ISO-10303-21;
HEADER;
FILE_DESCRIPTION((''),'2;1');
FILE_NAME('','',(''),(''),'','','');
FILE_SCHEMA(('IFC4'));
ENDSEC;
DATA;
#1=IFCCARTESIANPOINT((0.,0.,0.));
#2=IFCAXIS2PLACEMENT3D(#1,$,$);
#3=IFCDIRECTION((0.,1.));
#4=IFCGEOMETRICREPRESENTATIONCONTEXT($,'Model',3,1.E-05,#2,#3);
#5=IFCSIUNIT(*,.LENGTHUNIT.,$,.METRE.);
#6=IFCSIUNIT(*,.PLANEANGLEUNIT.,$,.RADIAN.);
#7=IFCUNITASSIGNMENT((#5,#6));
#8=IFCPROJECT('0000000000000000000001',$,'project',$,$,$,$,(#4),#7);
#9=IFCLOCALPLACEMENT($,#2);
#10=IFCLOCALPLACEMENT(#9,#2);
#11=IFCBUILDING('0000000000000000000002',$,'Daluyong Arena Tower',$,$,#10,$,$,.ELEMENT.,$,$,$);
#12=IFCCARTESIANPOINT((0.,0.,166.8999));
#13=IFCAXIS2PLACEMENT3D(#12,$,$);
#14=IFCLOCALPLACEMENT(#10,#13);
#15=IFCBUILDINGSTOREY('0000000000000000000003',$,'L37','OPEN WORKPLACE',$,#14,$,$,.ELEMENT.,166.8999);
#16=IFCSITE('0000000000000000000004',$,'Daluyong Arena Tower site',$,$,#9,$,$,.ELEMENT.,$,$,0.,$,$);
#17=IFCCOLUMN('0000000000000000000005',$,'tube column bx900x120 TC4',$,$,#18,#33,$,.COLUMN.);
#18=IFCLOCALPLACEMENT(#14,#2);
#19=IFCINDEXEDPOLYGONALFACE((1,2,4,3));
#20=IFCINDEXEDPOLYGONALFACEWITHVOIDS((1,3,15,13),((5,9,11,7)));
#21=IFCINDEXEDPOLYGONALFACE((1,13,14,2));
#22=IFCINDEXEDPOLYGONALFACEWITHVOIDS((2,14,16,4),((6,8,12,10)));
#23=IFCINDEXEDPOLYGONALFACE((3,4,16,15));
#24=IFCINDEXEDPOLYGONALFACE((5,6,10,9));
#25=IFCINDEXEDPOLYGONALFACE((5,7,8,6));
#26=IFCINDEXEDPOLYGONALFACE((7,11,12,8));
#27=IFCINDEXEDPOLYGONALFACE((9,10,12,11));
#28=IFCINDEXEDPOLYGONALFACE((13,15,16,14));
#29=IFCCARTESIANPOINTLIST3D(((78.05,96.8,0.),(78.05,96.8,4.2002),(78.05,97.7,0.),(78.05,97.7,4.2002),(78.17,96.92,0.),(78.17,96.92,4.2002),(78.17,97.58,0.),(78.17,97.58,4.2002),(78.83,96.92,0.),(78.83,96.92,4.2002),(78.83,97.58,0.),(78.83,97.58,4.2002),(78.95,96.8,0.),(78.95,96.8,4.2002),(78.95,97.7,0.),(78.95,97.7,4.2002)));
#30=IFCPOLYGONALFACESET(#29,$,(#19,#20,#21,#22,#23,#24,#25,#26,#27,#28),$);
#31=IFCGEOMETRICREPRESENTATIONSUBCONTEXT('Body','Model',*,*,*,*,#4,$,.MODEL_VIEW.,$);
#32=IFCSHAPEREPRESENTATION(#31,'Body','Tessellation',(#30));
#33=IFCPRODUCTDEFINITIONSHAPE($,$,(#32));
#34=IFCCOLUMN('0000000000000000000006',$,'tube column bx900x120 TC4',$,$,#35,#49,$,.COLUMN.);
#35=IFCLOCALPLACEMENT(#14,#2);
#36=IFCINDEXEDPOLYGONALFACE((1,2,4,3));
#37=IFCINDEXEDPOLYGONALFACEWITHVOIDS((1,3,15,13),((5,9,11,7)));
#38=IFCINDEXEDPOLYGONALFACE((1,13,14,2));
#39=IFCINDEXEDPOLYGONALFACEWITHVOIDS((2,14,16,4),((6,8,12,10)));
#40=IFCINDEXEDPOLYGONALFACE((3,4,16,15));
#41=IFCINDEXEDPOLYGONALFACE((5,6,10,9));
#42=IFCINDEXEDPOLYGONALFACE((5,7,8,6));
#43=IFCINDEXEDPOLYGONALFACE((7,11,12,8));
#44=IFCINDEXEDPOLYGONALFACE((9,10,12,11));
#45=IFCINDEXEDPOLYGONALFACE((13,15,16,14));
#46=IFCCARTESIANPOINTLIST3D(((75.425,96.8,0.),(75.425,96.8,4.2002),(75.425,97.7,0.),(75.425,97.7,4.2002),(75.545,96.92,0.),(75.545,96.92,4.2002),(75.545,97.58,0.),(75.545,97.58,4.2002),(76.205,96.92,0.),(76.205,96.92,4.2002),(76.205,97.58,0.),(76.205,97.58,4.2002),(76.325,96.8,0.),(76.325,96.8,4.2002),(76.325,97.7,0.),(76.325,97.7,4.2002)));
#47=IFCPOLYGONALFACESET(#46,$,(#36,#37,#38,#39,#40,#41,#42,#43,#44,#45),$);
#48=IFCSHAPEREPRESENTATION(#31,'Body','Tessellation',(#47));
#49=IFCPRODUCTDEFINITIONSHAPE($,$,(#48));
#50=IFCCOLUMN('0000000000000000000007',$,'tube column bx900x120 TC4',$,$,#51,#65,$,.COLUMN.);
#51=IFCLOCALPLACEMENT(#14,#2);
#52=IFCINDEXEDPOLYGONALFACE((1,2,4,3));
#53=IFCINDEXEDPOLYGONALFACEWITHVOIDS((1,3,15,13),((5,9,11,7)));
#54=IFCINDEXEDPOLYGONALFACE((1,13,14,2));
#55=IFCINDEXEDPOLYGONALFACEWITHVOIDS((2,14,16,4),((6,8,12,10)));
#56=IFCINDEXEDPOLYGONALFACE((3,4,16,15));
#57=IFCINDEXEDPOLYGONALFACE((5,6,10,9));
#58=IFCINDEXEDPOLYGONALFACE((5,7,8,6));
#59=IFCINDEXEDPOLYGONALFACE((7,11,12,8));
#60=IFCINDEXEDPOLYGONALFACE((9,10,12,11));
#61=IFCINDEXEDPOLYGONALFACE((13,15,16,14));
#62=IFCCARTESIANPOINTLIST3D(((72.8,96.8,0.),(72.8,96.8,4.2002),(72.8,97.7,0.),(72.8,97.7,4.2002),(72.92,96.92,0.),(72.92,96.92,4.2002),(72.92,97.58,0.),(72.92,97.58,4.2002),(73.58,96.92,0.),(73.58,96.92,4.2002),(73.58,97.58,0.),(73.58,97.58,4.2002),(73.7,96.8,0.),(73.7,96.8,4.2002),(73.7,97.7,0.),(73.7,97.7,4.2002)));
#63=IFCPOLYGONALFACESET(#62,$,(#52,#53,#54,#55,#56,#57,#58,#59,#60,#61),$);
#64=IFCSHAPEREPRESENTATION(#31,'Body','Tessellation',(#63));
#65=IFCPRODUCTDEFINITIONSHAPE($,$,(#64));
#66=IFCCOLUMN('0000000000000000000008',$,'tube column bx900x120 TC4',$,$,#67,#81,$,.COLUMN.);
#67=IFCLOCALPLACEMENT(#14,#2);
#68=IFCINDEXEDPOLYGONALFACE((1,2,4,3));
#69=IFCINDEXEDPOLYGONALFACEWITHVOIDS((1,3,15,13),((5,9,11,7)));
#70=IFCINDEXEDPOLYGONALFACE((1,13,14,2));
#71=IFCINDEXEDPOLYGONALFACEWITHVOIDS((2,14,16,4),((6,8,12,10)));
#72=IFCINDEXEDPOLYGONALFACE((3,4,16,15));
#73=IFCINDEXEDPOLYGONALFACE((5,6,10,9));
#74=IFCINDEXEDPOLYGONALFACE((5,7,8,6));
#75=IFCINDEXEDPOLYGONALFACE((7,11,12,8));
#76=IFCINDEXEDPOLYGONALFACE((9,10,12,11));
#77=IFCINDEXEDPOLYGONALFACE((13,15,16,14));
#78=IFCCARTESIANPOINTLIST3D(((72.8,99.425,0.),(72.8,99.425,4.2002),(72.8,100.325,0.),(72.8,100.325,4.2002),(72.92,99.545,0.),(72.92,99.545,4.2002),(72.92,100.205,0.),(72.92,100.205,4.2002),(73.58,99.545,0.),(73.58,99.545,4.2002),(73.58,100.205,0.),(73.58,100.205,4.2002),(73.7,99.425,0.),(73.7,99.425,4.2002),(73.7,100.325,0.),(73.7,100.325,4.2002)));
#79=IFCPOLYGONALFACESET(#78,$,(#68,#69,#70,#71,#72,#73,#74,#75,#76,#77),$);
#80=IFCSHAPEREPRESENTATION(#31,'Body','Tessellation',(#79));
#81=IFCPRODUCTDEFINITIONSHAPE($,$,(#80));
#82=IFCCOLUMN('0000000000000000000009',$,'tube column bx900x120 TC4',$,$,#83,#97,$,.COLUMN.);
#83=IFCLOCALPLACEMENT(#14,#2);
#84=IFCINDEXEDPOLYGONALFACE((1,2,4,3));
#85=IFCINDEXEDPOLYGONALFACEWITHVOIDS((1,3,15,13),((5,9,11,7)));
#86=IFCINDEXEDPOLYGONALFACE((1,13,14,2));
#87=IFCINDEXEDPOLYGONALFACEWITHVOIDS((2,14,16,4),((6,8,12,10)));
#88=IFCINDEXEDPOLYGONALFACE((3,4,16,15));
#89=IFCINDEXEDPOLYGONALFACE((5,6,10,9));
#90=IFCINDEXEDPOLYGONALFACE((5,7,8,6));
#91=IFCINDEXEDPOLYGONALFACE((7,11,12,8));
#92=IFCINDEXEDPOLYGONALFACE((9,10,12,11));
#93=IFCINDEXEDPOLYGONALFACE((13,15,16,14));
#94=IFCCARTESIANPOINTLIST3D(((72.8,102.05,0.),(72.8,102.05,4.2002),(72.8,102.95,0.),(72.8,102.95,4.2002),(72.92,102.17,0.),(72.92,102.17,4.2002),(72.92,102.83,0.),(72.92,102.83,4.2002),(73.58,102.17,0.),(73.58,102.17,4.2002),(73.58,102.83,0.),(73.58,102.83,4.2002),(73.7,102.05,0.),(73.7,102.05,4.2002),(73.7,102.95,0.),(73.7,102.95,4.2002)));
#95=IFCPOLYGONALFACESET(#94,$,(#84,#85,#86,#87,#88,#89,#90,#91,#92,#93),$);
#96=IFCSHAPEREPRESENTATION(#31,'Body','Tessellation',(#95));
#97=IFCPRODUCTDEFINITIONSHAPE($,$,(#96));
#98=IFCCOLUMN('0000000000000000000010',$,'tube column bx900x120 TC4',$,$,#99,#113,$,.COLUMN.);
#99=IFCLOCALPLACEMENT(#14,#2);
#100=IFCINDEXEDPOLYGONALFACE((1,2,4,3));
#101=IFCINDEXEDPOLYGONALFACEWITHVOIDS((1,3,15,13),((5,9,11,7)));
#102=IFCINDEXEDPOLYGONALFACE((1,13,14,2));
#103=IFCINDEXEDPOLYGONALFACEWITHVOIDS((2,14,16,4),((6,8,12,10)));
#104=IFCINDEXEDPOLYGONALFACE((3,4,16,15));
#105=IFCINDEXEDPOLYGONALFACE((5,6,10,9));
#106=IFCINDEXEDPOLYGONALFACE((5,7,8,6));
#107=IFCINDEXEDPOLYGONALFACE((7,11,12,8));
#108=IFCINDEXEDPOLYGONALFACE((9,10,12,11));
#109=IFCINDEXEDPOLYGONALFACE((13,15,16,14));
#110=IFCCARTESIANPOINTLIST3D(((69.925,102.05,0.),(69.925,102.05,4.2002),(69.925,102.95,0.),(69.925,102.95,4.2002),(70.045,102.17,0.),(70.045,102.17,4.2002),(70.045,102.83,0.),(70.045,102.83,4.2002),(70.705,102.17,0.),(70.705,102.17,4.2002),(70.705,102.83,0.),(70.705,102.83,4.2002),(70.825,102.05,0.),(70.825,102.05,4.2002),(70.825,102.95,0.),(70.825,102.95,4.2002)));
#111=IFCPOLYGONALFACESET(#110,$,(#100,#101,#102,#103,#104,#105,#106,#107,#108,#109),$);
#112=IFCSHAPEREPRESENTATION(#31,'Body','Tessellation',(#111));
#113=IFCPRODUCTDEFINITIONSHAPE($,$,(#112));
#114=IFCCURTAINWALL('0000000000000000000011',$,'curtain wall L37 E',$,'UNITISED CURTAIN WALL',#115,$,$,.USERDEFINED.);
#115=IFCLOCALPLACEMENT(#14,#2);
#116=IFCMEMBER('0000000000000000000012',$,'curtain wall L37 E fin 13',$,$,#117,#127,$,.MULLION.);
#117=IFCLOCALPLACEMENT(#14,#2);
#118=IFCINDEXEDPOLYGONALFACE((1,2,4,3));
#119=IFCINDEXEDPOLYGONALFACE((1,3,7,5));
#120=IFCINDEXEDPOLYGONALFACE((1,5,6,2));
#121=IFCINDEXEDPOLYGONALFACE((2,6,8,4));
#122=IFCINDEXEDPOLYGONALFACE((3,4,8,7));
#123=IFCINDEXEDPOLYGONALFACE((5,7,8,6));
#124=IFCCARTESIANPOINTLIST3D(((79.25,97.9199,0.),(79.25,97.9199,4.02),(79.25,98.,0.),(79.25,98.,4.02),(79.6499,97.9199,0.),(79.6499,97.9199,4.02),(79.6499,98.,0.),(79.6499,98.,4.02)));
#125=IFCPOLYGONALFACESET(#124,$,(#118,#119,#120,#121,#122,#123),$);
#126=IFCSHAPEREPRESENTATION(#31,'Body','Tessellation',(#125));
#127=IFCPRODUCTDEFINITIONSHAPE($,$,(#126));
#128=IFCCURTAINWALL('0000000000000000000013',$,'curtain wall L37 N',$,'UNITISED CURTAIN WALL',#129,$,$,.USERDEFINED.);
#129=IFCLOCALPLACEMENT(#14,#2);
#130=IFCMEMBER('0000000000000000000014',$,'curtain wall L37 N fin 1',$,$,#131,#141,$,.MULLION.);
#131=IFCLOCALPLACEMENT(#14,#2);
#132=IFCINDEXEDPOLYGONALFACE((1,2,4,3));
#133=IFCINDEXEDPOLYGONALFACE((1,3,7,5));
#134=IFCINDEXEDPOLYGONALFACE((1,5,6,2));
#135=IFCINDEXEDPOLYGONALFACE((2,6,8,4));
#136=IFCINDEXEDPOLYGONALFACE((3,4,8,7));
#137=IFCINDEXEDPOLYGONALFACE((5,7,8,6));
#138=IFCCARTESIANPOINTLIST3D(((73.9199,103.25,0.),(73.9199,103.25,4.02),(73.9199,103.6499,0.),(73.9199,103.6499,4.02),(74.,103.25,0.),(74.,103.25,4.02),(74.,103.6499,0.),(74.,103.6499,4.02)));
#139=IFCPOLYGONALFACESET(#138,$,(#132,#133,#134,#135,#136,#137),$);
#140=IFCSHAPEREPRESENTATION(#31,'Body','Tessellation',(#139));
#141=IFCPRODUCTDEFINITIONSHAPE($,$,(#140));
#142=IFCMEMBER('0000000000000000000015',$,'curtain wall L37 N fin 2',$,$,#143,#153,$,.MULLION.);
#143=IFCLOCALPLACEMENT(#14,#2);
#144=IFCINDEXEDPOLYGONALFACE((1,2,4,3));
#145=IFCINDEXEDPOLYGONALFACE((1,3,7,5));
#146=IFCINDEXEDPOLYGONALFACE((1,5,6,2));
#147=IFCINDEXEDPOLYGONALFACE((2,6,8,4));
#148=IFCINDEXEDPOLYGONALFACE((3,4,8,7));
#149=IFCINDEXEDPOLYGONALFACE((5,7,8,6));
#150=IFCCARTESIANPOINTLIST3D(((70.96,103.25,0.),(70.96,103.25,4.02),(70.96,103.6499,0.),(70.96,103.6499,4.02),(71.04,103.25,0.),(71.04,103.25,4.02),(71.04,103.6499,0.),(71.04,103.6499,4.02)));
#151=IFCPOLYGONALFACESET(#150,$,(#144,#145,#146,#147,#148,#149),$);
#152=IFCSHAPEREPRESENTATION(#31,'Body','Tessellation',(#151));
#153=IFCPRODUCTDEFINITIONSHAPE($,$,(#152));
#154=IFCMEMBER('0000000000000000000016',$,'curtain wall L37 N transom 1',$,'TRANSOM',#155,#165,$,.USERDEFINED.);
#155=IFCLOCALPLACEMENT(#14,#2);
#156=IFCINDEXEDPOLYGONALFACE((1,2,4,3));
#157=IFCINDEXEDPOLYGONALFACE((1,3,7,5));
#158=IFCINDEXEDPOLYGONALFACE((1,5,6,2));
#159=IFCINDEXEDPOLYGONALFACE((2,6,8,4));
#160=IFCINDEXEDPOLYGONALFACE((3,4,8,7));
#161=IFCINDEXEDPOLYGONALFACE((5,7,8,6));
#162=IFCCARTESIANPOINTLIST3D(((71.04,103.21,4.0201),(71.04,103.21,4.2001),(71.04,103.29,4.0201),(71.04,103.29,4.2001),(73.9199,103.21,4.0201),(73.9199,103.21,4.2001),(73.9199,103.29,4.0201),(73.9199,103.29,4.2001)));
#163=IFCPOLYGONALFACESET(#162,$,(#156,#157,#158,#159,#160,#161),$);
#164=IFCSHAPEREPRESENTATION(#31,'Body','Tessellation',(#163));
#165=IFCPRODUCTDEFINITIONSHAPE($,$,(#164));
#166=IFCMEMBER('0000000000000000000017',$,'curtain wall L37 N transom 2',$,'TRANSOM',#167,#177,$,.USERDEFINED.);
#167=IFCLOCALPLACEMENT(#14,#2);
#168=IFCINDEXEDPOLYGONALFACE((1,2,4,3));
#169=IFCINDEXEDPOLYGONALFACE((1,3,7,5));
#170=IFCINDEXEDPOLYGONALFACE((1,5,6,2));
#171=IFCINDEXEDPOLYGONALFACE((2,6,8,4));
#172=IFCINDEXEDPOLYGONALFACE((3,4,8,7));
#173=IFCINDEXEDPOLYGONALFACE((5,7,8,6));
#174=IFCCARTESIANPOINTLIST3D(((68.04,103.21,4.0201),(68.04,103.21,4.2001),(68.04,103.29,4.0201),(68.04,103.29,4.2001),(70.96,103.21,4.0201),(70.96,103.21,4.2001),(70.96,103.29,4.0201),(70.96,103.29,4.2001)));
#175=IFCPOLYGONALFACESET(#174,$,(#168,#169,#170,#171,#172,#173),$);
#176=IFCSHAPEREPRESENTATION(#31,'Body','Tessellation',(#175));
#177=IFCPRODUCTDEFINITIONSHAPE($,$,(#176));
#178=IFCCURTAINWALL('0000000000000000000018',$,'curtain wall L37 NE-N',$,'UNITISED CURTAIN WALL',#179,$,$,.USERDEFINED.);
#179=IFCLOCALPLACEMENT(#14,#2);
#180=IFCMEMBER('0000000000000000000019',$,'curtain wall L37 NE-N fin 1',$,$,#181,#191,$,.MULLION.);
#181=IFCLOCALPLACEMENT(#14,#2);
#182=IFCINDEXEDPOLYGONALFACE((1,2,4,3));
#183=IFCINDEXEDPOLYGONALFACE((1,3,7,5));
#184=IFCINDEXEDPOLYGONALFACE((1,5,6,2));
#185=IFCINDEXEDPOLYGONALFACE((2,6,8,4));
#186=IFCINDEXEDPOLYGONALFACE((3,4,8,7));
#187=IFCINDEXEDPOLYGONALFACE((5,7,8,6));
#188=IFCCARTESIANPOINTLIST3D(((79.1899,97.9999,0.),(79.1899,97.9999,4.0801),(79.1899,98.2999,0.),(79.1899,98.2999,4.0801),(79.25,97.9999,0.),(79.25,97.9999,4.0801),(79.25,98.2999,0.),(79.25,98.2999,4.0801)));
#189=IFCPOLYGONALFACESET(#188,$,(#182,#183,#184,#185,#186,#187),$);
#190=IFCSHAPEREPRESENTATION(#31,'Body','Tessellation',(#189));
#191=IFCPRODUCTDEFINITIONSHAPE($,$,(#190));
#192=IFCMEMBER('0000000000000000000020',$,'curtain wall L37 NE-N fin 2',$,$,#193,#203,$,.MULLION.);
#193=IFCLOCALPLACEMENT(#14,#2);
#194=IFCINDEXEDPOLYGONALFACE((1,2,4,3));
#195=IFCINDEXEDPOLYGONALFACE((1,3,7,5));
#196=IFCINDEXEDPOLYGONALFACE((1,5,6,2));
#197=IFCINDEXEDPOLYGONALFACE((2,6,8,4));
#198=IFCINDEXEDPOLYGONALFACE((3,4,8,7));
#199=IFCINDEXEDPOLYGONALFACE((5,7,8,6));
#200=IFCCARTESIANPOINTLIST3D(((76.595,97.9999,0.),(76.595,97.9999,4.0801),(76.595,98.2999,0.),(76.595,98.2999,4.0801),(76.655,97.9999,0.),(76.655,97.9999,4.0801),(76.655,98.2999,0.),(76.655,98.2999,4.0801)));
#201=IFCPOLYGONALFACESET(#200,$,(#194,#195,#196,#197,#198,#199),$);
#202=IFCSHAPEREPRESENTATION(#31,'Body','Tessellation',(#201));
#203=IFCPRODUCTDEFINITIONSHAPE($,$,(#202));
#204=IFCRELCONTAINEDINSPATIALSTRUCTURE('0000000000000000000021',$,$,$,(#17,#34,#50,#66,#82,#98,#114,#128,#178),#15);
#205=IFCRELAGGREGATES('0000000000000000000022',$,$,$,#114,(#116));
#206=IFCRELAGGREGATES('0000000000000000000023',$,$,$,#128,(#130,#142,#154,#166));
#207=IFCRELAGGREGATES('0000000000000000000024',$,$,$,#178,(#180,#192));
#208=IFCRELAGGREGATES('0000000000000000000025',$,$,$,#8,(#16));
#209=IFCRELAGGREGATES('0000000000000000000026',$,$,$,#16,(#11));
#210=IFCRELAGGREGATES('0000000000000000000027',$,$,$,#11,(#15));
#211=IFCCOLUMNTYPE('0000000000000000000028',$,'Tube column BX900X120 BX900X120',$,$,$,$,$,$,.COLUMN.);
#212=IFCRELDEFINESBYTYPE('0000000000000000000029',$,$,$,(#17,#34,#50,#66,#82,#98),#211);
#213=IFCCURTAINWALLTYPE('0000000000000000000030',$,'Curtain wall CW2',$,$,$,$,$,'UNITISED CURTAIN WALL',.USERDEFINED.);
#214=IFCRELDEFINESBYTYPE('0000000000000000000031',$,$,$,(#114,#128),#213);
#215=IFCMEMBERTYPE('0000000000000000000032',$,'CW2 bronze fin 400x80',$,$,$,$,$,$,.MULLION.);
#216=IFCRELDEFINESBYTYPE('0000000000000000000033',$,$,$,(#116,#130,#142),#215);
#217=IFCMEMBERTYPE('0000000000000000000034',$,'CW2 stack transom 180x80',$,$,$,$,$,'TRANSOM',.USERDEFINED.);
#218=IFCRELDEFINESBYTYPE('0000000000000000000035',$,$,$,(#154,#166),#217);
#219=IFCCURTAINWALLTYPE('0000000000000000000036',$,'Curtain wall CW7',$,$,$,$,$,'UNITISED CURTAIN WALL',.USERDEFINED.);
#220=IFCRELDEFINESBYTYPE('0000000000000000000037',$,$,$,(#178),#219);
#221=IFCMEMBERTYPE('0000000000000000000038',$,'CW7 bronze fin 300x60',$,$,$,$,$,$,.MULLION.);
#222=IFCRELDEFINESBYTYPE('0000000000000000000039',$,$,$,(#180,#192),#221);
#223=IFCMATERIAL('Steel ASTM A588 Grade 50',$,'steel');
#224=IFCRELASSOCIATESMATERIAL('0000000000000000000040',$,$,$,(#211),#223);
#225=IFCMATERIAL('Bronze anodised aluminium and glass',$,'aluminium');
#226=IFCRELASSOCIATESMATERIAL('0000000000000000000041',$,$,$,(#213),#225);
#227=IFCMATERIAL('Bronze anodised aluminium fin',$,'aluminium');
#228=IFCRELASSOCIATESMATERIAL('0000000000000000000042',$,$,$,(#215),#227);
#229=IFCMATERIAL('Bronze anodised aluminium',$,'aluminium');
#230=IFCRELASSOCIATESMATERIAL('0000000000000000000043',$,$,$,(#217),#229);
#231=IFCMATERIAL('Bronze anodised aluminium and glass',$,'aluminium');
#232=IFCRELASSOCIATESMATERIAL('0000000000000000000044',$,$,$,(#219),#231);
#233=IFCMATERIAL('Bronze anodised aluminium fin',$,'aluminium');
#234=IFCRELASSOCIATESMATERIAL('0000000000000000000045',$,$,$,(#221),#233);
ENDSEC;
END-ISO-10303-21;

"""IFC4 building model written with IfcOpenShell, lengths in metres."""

from ifc_helpers import new_model, si_unit, direction, frame, origin, origin_2d, place, context, subcontext, project, spatial, rectangle, hollow_rectangle, extrude, material, material_profile, profile_set, type_object, element, aggregate, save


model = new_model("IFC4")

# Units and contexts
model_context = context("Model", 3, precision=1e-05, world=origin(), true_north=direction((0.0, 1.0)))
body_context = subcontext(model_context, "Body", "Model", "MODEL_VIEW")
ifc_project = project(units=[si_unit("LENGTHUNIT", "METRE"), si_unit("PLANEANGLEUNIT", "RADIAN")], contexts=[model_context])

# Site, building, storey
site_placement = place(None, origin())
site = spatial("IfcSite", under=ifc_project, at=site_placement, Name="Daluyong Arena Tower site", CompositionType="ELEMENT", RefElevation=0.0)
building_placement = place(site_placement, origin())
building = spatial("IfcBuilding", under=site, at=building_placement, Name="Daluyong Arena Tower", CompositionType="ELEMENT")
storey_placement = place(building_placement, frame((0.0, 0.0, 166.8999)))
storey = spatial("IfcBuildingStorey", under=building, at=storey_placement, Name="L37", Description="OPEN WORKPLACE", CompositionType="ELEMENT", Elevation=166.8999)

# Columns
ifc_material_1 = material(Name="Steel ASTM A588 Grade 50", Category="steel")
ifc_material_profile_1 = material_profile(ifc_material_1, hollow_rectangle(XDim=0.8999, YDim=0.8999, WallThickness=0.12, at=origin_2d()))
ifc_profile_set_1 = profile_set([ifc_material_profile_1], Name="Steel ASTM A588 Grade 50")
column_type = type_object("IfcColumnType", Name="Tube column BX900X120 BX900X120", PredefinedType="COLUMN", material=ifc_profile_set_1)
for number, where, z_axis, x_axis, name in (
    (1, (78.5, 97.25, 0.0), (0.0, 0.0, 1.0), (1.0, 0.0, 0.0), "tube column bx900x120 TC4"),
    (2, (75.875, 97.25, 0.0), (0.0, 0.0, 1.0), (1.0, 0.0, 0.0), "tube column bx900x120 TC4"),
    (3, (73.25, 97.25, 0.0), (0.0, 0.0, 1.0), (0.0, 1.0, 0.0), "tube column bx900x120 TC4"),
    (4, (73.25, 99.875, 0.0), (0.0, 0.0, 1.0), (0.0, 1.0, 0.0), "tube column bx900x120 TC4"),
    (5, (73.25, 102.5, 0.0), (0.0, 0.0, 1.0), (1.0, 0.0, 0.0), "tube column bx900x120 TC4"),
    (6, (70.375, 102.5, 0.0), (0.0, 0.0, 1.0), (1.0, 0.0, 0.0), "tube column bx900x120 TC4"),
):
    element("IfcColumn", number, at=place(storey_placement, frame(where, z_axis=z_axis, x_axis=x_axis)), inside=storey, type_object=column_type, Name=name, PredefinedType="COLUMN", context=body_context, shape_type="SweptSolid", body=[
        extrude(hollow_rectangle(XDim=0.8999, YDim=0.8999, WallThickness=0.12, at=origin_2d()), origin(), (0.0, 0.0, 1.0), 4.2002),
    ])

# Curtain wall, member
ifc_material_2 = material(Name="Bronze anodised aluminium and glass", Category="aluminium")
curtain_wall_type_1 = type_object("IfcCurtainWallType", Name="Curtain wall CW2", ElementType="UNITISED CURTAIN WALL", PredefinedType="USERDEFINED", material=ifc_material_2)
curtain_wall_1_placement = place(storey_placement, origin())
curtain_wall_1 = element("IfcCurtainWall", 7, at=curtain_wall_1_placement, inside=storey, type_object=curtain_wall_type_1, Name="curtain wall L37 E", ObjectType="UNITISED CURTAIN WALL", PredefinedType="USERDEFINED")
ifc_material_3 = material(Name="Bronze anodised aluminium fin", Category="aluminium")
ifc_material_profile_2 = material_profile(ifc_material_3, rectangle(XDim=0.3999, YDim=0.0801, at=origin_2d()))
ifc_profile_set_2 = profile_set([ifc_material_profile_2], Name="Bronze anodised aluminium fin")
member_type_1 = type_object("IfcMemberType", Name="CW2 bronze fin 400x80", PredefinedType="MULLION", material=ifc_profile_set_2)
member_1_placement = place(storey_placement, frame((79.45, 97.96, 0.0), z_axis=(0.0, 0.0, 1.0), x_axis=(-1.0, 0.0, 0.0)))
member_1 = element("IfcMember", 8, at=member_1_placement, type_object=member_type_1, Name="curtain wall L37 E fin 13", PredefinedType="MULLION", context=body_context, shape_type="SweptSolid", body=[
    extrude(rectangle(XDim=0.3999, YDim=0.0801, at=origin_2d()), origin(), (0.0, 0.0, 1.0), 4.02),
])

# Curtain walls, members
curtain_wall_2_placement = place(storey_placement, origin())
curtain_wall_2 = element("IfcCurtainWall", 9, at=curtain_wall_2_placement, inside=storey, type_object=curtain_wall_type_1, Name="curtain wall L37 N", ObjectType="UNITISED CURTAIN WALL", PredefinedType="USERDEFINED")
member_2_placement = place(storey_placement, frame((73.96, 103.45, 0.0), z_axis=(0.0, 0.0, 1.0), x_axis=(0.0, -1.0, 0.0)))
member_2 = element("IfcMember", 10, at=member_2_placement, type_object=member_type_1, Name="curtain wall L37 N fin 1", PredefinedType="MULLION", context=body_context, shape_type="SweptSolid", body=[
    extrude(rectangle(XDim=0.3999, YDim=0.0801, at=origin_2d()), origin(), (0.0, 0.0, 1.0), 4.02),
])
member_3_placement = place(storey_placement, frame((71.0, 103.45, 0.0), z_axis=(0.0, 0.0, 1.0), x_axis=(0.0, -1.0, 0.0)))
member_3 = element("IfcMember", 11, at=member_3_placement, type_object=member_type_1, Name="curtain wall L37 N fin 2", PredefinedType="MULLION", context=body_context, shape_type="SweptSolid", body=[
    extrude(rectangle(XDim=0.3999, YDim=0.0801, at=origin_2d()), origin(), (0.0, 0.0, 1.0), 4.02),
])
ifc_material_4 = material(Name="Bronze anodised aluminium", Category="aluminium")
ifc_material_profile_3 = material_profile(ifc_material_4, rectangle(XDim=0.0801, YDim=0.1799, at=origin_2d()))
ifc_profile_set_3 = profile_set([ifc_material_profile_3], Name="Bronze anodised aluminium")
member_type_2 = type_object("IfcMemberType", Name="CW2 stack transom 180x80", ElementType="TRANSOM", PredefinedType="USERDEFINED", material=ifc_profile_set_3)
member_4_placement = place(storey_placement, frame((73.9199, 103.25, 4.1101), z_axis=(-1.0, 0.0, 0.0), x_axis=(0.0, -1.0, 0.0)))
member_4 = element("IfcMember", 12, at=member_4_placement, type_object=member_type_2, Name="curtain wall L37 N transom 1", ObjectType="TRANSOM", PredefinedType="USERDEFINED", context=body_context, shape_type="SweptSolid", body=[
    extrude(rectangle(XDim=0.0801, YDim=0.1799, at=origin_2d()), origin(), (0.0, 0.0, 1.0), 2.8799),
])
member_5_placement = place(storey_placement, frame((70.96, 103.25, 4.1101), z_axis=(-1.0, 0.0, 0.0), x_axis=(0.0, -1.0, 0.0)))
member_5 = element("IfcMember", 13, at=member_5_placement, type_object=member_type_2, Name="curtain wall L37 N transom 2", ObjectType="TRANSOM", PredefinedType="USERDEFINED", context=body_context, shape_type="SweptSolid", body=[
    extrude(rectangle(XDim=0.0801, YDim=0.1799, at=origin_2d()), origin(), (0.0, 0.0, 1.0), 2.9199),
])
ifc_material_5 = material(Name="Bronze anodised aluminium and glass", Category="aluminium")
curtain_wall_type_2 = type_object("IfcCurtainWallType", Name="Curtain wall CW7", ElementType="UNITISED CURTAIN WALL", PredefinedType="USERDEFINED", material=ifc_material_5)
curtain_wall_3_placement = place(storey_placement, origin())
curtain_wall_3 = element("IfcCurtainWall", 14, at=curtain_wall_3_placement, inside=storey, type_object=curtain_wall_type_2, Name="curtain wall L37 NE-N", ObjectType="UNITISED CURTAIN WALL", PredefinedType="USERDEFINED")
ifc_material_6 = material(Name="Bronze anodised aluminium fin", Category="aluminium")
ifc_material_profile_4 = material_profile(ifc_material_6, rectangle(XDim=0.3, YDim=0.0601, at=origin_2d()))
ifc_profile_set_4 = profile_set([ifc_material_profile_4], Name="Bronze anodised aluminium fin")
member_type_3 = type_object("IfcMemberType", Name="CW7 bronze fin 300x60", PredefinedType="MULLION", material=ifc_profile_set_4)
member_6_placement = place(storey_placement, frame((79.22, 98.1499, 0.0), z_axis=(0.0, 0.0, 1.0), x_axis=(0.0, -1.0, 0.0)))
member_6 = element("IfcMember", 15, at=member_6_placement, type_object=member_type_3, Name="curtain wall L37 NE-N fin 1", PredefinedType="MULLION", context=body_context, shape_type="SweptSolid", body=[
    extrude(rectangle(XDim=0.3, YDim=0.0601, at=origin_2d()), origin(), (0.0, 0.0, 1.0), 4.0801),
])
member_7_placement = place(storey_placement, frame((76.625, 98.1499, 0.0), z_axis=(0.0, 0.0, 1.0), x_axis=(0.0, -1.0, 0.0)))
member_7 = element("IfcMember", 16, at=member_7_placement, type_object=member_type_3, Name="curtain wall L37 NE-N fin 2", PredefinedType="MULLION", context=body_context, shape_type="SweptSolid", body=[
    extrude(rectangle(XDim=0.3, YDim=0.0601, at=origin_2d()), origin(), (0.0, 0.0, 1.0), 4.0801),
])

aggregate(curtain_wall_1, [member_1])
aggregate(curtain_wall_2, [member_2, member_3, member_4, member_5])
aggregate(curtain_wall_3, [member_6, member_7])

save(model, "model.ifc")
